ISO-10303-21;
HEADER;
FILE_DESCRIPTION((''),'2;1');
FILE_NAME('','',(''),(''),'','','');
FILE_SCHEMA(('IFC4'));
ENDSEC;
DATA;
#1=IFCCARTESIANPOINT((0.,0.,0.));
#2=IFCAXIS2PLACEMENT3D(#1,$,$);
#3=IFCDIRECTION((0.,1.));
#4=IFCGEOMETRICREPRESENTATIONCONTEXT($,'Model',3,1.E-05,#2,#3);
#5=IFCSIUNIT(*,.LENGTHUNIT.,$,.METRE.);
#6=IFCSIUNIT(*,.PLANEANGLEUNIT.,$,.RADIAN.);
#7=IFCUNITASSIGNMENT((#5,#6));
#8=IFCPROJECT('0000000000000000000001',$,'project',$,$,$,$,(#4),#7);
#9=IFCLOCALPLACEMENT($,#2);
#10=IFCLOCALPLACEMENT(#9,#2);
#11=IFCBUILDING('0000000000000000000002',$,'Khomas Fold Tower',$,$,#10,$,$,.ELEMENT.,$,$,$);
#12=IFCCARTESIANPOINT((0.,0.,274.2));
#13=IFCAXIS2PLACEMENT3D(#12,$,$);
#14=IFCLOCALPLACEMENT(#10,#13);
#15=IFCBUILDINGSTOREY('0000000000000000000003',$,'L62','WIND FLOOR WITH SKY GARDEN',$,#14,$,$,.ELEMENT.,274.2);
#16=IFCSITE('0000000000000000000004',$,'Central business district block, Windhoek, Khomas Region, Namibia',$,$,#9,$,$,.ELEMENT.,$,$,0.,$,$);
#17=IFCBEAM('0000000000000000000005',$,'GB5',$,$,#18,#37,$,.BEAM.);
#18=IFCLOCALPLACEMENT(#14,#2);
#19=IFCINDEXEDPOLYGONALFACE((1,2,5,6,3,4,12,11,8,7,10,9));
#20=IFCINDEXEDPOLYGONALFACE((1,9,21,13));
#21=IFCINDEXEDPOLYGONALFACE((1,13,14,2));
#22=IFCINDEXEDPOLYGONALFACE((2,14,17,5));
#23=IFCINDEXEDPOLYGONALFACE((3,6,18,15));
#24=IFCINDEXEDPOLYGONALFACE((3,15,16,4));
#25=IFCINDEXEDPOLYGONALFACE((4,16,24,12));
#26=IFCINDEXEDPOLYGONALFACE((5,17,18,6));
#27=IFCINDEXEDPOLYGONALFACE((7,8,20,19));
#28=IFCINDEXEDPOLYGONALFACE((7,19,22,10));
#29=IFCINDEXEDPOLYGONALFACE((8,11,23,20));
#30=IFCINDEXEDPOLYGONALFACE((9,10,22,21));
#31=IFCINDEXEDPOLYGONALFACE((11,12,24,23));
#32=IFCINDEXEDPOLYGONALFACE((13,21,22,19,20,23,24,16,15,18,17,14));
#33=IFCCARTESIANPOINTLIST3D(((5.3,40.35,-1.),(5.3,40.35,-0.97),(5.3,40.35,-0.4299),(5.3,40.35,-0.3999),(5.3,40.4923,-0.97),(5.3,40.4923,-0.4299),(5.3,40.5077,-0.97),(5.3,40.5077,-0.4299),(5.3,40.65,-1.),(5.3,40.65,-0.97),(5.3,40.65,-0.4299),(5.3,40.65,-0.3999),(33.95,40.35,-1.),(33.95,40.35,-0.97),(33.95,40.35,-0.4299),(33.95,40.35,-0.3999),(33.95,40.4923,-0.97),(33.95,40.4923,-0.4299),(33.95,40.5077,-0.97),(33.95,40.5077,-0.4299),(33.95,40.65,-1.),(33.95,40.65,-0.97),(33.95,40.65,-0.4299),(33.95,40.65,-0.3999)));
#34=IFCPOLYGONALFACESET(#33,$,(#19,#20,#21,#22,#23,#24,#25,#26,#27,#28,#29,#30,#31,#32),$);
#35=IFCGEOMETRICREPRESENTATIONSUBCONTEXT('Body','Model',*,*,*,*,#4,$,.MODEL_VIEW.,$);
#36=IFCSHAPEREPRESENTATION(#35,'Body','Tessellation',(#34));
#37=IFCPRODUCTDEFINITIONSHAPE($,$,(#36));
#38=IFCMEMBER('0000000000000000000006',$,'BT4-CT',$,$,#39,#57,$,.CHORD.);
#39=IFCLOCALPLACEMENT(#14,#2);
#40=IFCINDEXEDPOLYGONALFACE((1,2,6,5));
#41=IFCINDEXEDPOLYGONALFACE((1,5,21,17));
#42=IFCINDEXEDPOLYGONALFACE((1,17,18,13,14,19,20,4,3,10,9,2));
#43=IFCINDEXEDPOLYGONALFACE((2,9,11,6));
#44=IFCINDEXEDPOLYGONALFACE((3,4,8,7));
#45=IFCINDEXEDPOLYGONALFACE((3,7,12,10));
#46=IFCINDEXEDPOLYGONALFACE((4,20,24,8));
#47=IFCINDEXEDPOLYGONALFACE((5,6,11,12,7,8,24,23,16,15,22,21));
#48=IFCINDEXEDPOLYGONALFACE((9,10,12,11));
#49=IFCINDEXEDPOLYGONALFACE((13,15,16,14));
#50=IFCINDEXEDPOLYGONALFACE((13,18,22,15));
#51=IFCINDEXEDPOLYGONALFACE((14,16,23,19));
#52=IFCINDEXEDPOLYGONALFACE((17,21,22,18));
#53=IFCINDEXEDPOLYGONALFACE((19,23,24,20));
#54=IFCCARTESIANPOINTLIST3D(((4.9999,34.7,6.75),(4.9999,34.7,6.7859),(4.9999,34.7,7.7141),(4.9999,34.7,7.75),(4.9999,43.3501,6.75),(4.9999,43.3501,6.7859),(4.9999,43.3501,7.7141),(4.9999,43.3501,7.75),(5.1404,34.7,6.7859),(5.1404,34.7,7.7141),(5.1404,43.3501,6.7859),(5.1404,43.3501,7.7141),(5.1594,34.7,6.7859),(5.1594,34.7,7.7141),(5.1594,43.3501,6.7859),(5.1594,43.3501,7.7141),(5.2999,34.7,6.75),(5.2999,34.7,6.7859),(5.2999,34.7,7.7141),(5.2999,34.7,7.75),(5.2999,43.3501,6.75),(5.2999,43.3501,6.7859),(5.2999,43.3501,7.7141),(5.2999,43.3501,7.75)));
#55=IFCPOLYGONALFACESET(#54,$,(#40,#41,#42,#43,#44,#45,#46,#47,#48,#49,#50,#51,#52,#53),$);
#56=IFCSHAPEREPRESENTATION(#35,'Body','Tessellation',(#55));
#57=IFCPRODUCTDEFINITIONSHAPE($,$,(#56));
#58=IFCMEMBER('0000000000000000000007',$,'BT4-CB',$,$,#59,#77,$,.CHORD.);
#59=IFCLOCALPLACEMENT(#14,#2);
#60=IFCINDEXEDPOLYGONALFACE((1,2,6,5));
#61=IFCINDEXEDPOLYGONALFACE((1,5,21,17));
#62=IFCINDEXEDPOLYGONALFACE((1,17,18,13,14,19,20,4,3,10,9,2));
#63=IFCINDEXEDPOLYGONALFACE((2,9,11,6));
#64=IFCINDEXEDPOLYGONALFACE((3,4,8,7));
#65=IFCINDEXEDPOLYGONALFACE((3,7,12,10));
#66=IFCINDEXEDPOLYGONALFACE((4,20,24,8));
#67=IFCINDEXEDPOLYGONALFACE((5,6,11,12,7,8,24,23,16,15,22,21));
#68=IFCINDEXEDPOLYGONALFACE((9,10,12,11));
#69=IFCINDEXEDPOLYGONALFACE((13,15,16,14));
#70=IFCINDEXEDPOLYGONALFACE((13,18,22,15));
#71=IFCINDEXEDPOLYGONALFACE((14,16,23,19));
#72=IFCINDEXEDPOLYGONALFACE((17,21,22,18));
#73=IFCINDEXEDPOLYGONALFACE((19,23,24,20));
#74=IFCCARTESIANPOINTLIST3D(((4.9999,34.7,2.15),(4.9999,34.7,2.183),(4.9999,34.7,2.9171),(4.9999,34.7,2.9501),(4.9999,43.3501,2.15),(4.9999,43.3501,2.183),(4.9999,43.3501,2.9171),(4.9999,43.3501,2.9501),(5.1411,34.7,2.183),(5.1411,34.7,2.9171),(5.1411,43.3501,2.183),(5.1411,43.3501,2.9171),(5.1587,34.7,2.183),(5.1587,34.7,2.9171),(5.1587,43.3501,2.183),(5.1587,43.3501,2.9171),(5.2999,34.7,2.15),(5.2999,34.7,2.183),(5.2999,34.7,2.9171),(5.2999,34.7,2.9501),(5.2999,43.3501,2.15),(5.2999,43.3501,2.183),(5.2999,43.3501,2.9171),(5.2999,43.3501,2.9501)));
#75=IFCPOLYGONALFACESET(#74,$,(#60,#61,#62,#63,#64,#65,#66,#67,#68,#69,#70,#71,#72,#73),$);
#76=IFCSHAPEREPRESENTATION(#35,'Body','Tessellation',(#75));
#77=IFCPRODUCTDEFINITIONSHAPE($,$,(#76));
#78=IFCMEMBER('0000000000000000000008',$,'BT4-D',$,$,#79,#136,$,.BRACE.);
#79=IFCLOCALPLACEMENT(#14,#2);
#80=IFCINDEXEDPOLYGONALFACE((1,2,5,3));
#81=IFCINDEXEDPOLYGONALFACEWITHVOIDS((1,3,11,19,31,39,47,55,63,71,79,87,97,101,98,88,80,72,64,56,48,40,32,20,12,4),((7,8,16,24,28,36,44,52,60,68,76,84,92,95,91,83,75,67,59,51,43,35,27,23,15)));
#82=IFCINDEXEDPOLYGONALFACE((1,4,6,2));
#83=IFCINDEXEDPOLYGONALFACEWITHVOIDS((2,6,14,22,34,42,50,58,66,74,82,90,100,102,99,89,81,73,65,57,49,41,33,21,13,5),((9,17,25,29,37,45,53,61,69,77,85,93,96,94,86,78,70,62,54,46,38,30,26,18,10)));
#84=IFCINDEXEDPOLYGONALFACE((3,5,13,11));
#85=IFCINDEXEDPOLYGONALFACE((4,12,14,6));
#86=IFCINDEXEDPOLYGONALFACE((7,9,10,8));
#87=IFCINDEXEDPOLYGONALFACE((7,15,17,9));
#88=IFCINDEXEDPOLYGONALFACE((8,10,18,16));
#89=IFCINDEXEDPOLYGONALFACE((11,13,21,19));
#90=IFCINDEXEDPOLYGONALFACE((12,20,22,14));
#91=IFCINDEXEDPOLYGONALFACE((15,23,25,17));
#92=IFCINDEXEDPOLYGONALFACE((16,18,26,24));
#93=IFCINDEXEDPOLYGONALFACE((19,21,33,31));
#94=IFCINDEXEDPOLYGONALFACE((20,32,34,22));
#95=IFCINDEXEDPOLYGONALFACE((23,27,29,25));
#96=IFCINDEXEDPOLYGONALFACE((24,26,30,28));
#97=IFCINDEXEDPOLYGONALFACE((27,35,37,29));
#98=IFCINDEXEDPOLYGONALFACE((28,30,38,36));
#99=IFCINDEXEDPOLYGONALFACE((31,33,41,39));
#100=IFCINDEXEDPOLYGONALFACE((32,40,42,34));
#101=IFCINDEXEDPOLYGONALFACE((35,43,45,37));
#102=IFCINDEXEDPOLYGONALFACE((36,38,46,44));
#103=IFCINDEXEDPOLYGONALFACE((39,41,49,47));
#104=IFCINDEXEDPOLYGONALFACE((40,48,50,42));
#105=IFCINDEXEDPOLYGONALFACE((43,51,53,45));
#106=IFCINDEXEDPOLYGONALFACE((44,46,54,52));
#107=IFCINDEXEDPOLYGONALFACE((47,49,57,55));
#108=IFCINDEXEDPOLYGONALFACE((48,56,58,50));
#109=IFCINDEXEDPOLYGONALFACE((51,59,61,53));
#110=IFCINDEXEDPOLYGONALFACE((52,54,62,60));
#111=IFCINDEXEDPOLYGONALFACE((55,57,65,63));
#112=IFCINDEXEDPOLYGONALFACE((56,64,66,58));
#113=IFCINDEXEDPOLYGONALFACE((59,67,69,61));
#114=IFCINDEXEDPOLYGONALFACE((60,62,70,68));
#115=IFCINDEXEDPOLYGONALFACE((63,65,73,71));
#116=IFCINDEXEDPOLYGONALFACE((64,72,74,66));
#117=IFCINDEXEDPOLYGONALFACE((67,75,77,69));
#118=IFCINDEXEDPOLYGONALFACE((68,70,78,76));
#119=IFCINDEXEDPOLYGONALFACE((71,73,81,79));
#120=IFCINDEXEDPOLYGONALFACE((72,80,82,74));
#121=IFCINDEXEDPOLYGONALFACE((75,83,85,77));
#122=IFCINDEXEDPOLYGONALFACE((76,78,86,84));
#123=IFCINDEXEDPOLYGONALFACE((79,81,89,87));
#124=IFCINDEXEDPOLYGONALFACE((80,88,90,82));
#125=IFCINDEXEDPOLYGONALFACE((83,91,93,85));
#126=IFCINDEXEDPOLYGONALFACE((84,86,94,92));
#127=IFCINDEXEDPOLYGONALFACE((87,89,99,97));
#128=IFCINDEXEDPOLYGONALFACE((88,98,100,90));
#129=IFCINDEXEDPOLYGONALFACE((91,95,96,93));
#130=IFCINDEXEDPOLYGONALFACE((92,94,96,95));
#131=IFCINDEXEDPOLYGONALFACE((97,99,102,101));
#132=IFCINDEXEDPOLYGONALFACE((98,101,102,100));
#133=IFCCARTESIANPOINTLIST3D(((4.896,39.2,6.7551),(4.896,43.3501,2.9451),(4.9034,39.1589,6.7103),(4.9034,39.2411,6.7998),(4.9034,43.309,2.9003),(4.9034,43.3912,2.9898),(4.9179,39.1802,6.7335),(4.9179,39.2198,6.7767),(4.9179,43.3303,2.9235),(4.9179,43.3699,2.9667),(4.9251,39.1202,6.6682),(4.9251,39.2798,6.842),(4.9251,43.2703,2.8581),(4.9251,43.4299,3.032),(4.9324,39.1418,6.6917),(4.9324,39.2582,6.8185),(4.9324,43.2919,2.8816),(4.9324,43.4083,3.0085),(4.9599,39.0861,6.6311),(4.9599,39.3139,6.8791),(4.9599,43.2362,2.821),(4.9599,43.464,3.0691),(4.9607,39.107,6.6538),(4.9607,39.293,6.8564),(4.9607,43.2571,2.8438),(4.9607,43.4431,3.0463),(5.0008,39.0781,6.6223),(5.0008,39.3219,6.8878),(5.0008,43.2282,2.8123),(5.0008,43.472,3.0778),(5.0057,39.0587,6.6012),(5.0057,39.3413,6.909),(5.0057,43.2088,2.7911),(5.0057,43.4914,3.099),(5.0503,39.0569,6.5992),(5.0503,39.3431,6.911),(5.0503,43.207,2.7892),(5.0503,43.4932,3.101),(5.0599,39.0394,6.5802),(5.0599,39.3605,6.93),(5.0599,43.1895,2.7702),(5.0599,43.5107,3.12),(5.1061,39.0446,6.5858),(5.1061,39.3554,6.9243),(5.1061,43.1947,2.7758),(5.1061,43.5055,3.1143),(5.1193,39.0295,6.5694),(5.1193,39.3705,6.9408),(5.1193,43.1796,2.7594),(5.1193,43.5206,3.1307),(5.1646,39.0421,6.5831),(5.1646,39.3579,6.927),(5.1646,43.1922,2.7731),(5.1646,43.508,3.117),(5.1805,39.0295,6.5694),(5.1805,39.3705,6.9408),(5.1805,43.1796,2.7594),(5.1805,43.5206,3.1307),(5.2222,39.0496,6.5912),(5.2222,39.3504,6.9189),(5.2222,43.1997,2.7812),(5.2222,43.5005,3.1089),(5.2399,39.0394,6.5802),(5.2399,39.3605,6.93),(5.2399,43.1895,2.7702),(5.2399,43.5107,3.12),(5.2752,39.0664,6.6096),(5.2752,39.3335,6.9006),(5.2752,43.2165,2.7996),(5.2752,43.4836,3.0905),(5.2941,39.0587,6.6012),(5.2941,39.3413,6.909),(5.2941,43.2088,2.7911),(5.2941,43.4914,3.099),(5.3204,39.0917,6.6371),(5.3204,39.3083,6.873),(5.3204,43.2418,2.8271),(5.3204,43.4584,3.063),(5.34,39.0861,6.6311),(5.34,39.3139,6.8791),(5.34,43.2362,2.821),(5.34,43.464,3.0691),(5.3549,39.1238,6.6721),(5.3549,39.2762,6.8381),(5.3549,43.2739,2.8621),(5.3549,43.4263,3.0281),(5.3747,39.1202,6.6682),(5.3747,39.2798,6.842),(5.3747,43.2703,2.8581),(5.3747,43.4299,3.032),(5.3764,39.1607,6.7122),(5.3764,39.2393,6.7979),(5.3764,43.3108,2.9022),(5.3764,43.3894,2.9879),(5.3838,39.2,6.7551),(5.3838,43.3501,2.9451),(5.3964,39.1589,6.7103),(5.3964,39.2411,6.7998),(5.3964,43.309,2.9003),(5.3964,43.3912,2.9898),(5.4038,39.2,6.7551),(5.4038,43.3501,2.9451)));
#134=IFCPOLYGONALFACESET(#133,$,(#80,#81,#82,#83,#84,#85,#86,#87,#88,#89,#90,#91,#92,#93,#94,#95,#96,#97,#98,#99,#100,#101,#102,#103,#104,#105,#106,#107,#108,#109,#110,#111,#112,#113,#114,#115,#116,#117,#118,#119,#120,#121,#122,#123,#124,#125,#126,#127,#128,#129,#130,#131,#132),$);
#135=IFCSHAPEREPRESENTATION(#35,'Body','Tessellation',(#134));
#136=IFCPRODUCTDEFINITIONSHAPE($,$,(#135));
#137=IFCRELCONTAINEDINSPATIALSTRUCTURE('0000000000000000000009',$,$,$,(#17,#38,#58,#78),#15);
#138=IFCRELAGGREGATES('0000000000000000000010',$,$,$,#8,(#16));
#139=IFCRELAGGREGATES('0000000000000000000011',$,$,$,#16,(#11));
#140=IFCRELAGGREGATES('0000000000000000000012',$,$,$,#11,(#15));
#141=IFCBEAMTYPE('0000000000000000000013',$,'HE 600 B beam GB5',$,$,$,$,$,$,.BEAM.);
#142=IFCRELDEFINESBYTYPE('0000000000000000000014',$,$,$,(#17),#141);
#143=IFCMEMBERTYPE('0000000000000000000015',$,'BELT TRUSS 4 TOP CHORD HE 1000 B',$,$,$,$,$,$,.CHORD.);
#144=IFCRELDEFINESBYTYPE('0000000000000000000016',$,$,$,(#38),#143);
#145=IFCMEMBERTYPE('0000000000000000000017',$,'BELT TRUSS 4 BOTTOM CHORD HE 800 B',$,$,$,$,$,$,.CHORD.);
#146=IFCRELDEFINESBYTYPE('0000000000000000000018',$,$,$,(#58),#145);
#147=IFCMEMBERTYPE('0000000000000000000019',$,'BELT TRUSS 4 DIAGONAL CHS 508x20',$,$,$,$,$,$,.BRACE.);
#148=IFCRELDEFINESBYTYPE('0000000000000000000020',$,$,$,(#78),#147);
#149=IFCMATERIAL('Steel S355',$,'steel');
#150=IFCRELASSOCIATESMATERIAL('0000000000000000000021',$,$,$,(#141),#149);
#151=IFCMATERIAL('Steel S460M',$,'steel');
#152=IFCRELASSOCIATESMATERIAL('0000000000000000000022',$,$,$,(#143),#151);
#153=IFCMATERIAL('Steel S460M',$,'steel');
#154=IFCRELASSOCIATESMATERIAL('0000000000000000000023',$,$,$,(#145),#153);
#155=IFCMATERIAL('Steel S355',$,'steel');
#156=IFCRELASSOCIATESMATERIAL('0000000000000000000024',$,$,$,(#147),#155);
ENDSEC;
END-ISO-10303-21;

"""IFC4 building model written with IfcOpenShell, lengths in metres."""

from ifc_helpers import new_model, si_unit, direction, frame, origin, origin_2d, place, context, subcontext, project, spatial, hollow_circle, i_section, extrude, source, transform, mapped, material, material_profile, profile_set, type_object, element, save


model = new_model("IFC4")

# Units and contexts
model_context = context("Model", 3, precision=1e-05, world=origin(), true_north=direction((0.0, 1.0)))
body_context = subcontext(model_context, "Body", "Model", "MODEL_VIEW")
ifc_project = project(units=[si_unit("LENGTHUNIT", "METRE"), si_unit("PLANEANGLEUNIT", "RADIAN")], contexts=[model_context])

# Site, building, storey
site_placement = place(None, origin())
site = spatial("IfcSite", under=ifc_project, at=site_placement, Name="Central business district block, Windhoek, Khomas Region, Namibia", CompositionType="ELEMENT", RefElevation=0.0)
building_placement = place(site_placement, origin())
building = spatial("IfcBuilding", under=site, at=building_placement, Name="Khomas Fold Tower", CompositionType="ELEMENT")
storey_placement = place(building_placement, frame((0.0, 0.0, 274.2)))
storey = spatial("IfcBuildingStorey", under=building, at=storey_placement, Name="L62", Description="WIND FLOOR WITH SKY GARDEN", CompositionType="ELEMENT", Elevation=274.2)

# Beam
ifc_material_1 = material(Name="Steel S355", Category="steel")
ifc_material_profile_1 = material_profile(ifc_material_1, i_section(OverallWidth=0.3, OverallDepth=0.6001, WebThickness=0.0154, FlangeThickness=0.03, at=origin_2d()), Name="HE 600 B")
ifc_profile_set_1 = profile_set([ifc_material_profile_1], Name="Steel S355")
beam_type_1 = type_object("IfcBeamType", Name="HE 600 B beam GB5", PredefinedType="BEAM", material=ifc_profile_set_1)
shared_shape_1 = source(origin(), body_context, "Body", "SweptSolid", [
    extrude(i_section(OverallWidth=0.3, OverallDepth=0.6001, WebThickness=0.0154, FlangeThickness=0.03, at=origin_2d()), origin(), (0.0, 0.0, 1.0), 28.6499),
])
beam_1_placement = place(storey_placement, frame((5.3, 40.5, -0.7), z_axis=(1.0, 0.0, 0.0), x_axis=(0.0, 1.0, 0.0)))
element("IfcBeam", 1, at=beam_1_placement, inside=storey, type_object=beam_type_1, Name="GB5", PredefinedType="BEAM", context=body_context, shape_type="MappedRepresentation", body=[
    mapped(shared_shape_1, transform((0.0, 0.0, 0.0))),
])

# Members
ifc_material_2 = material(Name="Steel S460M", Category="steel")
ifc_material_profile_2 = material_profile(ifc_material_2, i_section(OverallWidth=0.3, OverallDepth=1.0, WebThickness=0.019, FlangeThickness=0.0359, at=origin_2d()), Name="HE 1000 B")
ifc_profile_set_2 = profile_set([ifc_material_profile_2], Name="Steel S460M")
member_type_1 = type_object("IfcMemberType", Name="BELT TRUSS 4 TOP CHORD HE 1000 B", PredefinedType="CHORD", material=ifc_profile_set_2)
shared_shape_2 = source(origin(), body_context, "Body", "SweptSolid", [
    extrude(i_section(OverallWidth=0.3, OverallDepth=1.0, WebThickness=0.019, FlangeThickness=0.0359, at=origin_2d()), origin(), (0.0, 0.0, 1.0), 8.6501),
])
member_1_placement = place(storey_placement, frame((5.1499, 43.3501, 7.25), z_axis=(0.0, -1.0, 0.0), x_axis=(1.0, 0.0, 0.0)))
element("IfcMember", 2, at=member_1_placement, inside=storey, type_object=member_type_1, Name="BT4-CT", PredefinedType="CHORD", context=body_context, shape_type="MappedRepresentation", body=[
    mapped(shared_shape_2, transform((0.0, 0.0, 0.0))),
])
ifc_material_3 = material(Name="Steel S460M", Category="steel")
ifc_material_profile_3 = material_profile(ifc_material_3, i_section(OverallWidth=0.3, OverallDepth=0.8, WebThickness=0.0176, FlangeThickness=0.033, at=origin_2d()), Name="HE 800 B")
ifc_profile_set_3 = profile_set([ifc_material_profile_3], Name="Steel S460M")
member_type_2 = type_object("IfcMemberType", Name="BELT TRUSS 4 BOTTOM CHORD HE 800 B", PredefinedType="CHORD", material=ifc_profile_set_3)
shared_shape_3 = source(origin(), body_context, "Body", "SweptSolid", [
    extrude(i_section(OverallWidth=0.3, OverallDepth=0.8, WebThickness=0.0176, FlangeThickness=0.033, at=origin_2d()), origin(), (0.0, 0.0, 1.0), 8.6501),
])
member_2_placement = place(storey_placement, frame((5.1499, 43.3501, 2.55), z_axis=(0.0, -1.0, 0.0), x_axis=(1.0, 0.0, 0.0)))
element("IfcMember", 3, at=member_2_placement, inside=storey, type_object=member_type_2, Name="BT4-CB", PredefinedType="CHORD", context=body_context, shape_type="MappedRepresentation", body=[
    mapped(shared_shape_3, transform((0.0, 0.0, 0.0))),
])
ifc_material_4 = material(Name="Steel S355", Category="steel")
ifc_material_profile_4 = material_profile(ifc_material_4, hollow_circle(Radius=0.2539, WallThickness=0.02, at=origin_2d()), Name="CHS 508x20")
ifc_profile_set_4 = profile_set([ifc_material_profile_4], Name="Steel S355")
member_type_3 = type_object("IfcMemberType", Name="BELT TRUSS 4 DIAGONAL CHS 508x20", PredefinedType="BRACE", material=ifc_profile_set_4)
shared_shape_4 = source(origin(), body_context, "Body", "SweptSolid", [
    extrude(hollow_circle(Radius=0.2539, WallThickness=0.02, at=origin_2d()), origin(), (0.0, 0.0, 1.0), 5.6338),
])
for number, where, z_axis, x_axis, name in (
    (4, (5.1499, 43.3501, 2.9451), (0.0, -0.736645, 0.67628), (1.0, 0.0, 0.0), "BT4-D"),
):
    element("IfcMember", number, at=place(storey_placement, frame(where, z_axis=z_axis, x_axis=x_axis)), inside=storey, type_object=member_type_3, Name=name, PredefinedType="BRACE", context=body_context, shape_type="MappedRepresentation", body=[
        mapped(shared_shape_4, transform((0.0, 0.0, 0.0))),
    ])

save(model, "model.ifc")
